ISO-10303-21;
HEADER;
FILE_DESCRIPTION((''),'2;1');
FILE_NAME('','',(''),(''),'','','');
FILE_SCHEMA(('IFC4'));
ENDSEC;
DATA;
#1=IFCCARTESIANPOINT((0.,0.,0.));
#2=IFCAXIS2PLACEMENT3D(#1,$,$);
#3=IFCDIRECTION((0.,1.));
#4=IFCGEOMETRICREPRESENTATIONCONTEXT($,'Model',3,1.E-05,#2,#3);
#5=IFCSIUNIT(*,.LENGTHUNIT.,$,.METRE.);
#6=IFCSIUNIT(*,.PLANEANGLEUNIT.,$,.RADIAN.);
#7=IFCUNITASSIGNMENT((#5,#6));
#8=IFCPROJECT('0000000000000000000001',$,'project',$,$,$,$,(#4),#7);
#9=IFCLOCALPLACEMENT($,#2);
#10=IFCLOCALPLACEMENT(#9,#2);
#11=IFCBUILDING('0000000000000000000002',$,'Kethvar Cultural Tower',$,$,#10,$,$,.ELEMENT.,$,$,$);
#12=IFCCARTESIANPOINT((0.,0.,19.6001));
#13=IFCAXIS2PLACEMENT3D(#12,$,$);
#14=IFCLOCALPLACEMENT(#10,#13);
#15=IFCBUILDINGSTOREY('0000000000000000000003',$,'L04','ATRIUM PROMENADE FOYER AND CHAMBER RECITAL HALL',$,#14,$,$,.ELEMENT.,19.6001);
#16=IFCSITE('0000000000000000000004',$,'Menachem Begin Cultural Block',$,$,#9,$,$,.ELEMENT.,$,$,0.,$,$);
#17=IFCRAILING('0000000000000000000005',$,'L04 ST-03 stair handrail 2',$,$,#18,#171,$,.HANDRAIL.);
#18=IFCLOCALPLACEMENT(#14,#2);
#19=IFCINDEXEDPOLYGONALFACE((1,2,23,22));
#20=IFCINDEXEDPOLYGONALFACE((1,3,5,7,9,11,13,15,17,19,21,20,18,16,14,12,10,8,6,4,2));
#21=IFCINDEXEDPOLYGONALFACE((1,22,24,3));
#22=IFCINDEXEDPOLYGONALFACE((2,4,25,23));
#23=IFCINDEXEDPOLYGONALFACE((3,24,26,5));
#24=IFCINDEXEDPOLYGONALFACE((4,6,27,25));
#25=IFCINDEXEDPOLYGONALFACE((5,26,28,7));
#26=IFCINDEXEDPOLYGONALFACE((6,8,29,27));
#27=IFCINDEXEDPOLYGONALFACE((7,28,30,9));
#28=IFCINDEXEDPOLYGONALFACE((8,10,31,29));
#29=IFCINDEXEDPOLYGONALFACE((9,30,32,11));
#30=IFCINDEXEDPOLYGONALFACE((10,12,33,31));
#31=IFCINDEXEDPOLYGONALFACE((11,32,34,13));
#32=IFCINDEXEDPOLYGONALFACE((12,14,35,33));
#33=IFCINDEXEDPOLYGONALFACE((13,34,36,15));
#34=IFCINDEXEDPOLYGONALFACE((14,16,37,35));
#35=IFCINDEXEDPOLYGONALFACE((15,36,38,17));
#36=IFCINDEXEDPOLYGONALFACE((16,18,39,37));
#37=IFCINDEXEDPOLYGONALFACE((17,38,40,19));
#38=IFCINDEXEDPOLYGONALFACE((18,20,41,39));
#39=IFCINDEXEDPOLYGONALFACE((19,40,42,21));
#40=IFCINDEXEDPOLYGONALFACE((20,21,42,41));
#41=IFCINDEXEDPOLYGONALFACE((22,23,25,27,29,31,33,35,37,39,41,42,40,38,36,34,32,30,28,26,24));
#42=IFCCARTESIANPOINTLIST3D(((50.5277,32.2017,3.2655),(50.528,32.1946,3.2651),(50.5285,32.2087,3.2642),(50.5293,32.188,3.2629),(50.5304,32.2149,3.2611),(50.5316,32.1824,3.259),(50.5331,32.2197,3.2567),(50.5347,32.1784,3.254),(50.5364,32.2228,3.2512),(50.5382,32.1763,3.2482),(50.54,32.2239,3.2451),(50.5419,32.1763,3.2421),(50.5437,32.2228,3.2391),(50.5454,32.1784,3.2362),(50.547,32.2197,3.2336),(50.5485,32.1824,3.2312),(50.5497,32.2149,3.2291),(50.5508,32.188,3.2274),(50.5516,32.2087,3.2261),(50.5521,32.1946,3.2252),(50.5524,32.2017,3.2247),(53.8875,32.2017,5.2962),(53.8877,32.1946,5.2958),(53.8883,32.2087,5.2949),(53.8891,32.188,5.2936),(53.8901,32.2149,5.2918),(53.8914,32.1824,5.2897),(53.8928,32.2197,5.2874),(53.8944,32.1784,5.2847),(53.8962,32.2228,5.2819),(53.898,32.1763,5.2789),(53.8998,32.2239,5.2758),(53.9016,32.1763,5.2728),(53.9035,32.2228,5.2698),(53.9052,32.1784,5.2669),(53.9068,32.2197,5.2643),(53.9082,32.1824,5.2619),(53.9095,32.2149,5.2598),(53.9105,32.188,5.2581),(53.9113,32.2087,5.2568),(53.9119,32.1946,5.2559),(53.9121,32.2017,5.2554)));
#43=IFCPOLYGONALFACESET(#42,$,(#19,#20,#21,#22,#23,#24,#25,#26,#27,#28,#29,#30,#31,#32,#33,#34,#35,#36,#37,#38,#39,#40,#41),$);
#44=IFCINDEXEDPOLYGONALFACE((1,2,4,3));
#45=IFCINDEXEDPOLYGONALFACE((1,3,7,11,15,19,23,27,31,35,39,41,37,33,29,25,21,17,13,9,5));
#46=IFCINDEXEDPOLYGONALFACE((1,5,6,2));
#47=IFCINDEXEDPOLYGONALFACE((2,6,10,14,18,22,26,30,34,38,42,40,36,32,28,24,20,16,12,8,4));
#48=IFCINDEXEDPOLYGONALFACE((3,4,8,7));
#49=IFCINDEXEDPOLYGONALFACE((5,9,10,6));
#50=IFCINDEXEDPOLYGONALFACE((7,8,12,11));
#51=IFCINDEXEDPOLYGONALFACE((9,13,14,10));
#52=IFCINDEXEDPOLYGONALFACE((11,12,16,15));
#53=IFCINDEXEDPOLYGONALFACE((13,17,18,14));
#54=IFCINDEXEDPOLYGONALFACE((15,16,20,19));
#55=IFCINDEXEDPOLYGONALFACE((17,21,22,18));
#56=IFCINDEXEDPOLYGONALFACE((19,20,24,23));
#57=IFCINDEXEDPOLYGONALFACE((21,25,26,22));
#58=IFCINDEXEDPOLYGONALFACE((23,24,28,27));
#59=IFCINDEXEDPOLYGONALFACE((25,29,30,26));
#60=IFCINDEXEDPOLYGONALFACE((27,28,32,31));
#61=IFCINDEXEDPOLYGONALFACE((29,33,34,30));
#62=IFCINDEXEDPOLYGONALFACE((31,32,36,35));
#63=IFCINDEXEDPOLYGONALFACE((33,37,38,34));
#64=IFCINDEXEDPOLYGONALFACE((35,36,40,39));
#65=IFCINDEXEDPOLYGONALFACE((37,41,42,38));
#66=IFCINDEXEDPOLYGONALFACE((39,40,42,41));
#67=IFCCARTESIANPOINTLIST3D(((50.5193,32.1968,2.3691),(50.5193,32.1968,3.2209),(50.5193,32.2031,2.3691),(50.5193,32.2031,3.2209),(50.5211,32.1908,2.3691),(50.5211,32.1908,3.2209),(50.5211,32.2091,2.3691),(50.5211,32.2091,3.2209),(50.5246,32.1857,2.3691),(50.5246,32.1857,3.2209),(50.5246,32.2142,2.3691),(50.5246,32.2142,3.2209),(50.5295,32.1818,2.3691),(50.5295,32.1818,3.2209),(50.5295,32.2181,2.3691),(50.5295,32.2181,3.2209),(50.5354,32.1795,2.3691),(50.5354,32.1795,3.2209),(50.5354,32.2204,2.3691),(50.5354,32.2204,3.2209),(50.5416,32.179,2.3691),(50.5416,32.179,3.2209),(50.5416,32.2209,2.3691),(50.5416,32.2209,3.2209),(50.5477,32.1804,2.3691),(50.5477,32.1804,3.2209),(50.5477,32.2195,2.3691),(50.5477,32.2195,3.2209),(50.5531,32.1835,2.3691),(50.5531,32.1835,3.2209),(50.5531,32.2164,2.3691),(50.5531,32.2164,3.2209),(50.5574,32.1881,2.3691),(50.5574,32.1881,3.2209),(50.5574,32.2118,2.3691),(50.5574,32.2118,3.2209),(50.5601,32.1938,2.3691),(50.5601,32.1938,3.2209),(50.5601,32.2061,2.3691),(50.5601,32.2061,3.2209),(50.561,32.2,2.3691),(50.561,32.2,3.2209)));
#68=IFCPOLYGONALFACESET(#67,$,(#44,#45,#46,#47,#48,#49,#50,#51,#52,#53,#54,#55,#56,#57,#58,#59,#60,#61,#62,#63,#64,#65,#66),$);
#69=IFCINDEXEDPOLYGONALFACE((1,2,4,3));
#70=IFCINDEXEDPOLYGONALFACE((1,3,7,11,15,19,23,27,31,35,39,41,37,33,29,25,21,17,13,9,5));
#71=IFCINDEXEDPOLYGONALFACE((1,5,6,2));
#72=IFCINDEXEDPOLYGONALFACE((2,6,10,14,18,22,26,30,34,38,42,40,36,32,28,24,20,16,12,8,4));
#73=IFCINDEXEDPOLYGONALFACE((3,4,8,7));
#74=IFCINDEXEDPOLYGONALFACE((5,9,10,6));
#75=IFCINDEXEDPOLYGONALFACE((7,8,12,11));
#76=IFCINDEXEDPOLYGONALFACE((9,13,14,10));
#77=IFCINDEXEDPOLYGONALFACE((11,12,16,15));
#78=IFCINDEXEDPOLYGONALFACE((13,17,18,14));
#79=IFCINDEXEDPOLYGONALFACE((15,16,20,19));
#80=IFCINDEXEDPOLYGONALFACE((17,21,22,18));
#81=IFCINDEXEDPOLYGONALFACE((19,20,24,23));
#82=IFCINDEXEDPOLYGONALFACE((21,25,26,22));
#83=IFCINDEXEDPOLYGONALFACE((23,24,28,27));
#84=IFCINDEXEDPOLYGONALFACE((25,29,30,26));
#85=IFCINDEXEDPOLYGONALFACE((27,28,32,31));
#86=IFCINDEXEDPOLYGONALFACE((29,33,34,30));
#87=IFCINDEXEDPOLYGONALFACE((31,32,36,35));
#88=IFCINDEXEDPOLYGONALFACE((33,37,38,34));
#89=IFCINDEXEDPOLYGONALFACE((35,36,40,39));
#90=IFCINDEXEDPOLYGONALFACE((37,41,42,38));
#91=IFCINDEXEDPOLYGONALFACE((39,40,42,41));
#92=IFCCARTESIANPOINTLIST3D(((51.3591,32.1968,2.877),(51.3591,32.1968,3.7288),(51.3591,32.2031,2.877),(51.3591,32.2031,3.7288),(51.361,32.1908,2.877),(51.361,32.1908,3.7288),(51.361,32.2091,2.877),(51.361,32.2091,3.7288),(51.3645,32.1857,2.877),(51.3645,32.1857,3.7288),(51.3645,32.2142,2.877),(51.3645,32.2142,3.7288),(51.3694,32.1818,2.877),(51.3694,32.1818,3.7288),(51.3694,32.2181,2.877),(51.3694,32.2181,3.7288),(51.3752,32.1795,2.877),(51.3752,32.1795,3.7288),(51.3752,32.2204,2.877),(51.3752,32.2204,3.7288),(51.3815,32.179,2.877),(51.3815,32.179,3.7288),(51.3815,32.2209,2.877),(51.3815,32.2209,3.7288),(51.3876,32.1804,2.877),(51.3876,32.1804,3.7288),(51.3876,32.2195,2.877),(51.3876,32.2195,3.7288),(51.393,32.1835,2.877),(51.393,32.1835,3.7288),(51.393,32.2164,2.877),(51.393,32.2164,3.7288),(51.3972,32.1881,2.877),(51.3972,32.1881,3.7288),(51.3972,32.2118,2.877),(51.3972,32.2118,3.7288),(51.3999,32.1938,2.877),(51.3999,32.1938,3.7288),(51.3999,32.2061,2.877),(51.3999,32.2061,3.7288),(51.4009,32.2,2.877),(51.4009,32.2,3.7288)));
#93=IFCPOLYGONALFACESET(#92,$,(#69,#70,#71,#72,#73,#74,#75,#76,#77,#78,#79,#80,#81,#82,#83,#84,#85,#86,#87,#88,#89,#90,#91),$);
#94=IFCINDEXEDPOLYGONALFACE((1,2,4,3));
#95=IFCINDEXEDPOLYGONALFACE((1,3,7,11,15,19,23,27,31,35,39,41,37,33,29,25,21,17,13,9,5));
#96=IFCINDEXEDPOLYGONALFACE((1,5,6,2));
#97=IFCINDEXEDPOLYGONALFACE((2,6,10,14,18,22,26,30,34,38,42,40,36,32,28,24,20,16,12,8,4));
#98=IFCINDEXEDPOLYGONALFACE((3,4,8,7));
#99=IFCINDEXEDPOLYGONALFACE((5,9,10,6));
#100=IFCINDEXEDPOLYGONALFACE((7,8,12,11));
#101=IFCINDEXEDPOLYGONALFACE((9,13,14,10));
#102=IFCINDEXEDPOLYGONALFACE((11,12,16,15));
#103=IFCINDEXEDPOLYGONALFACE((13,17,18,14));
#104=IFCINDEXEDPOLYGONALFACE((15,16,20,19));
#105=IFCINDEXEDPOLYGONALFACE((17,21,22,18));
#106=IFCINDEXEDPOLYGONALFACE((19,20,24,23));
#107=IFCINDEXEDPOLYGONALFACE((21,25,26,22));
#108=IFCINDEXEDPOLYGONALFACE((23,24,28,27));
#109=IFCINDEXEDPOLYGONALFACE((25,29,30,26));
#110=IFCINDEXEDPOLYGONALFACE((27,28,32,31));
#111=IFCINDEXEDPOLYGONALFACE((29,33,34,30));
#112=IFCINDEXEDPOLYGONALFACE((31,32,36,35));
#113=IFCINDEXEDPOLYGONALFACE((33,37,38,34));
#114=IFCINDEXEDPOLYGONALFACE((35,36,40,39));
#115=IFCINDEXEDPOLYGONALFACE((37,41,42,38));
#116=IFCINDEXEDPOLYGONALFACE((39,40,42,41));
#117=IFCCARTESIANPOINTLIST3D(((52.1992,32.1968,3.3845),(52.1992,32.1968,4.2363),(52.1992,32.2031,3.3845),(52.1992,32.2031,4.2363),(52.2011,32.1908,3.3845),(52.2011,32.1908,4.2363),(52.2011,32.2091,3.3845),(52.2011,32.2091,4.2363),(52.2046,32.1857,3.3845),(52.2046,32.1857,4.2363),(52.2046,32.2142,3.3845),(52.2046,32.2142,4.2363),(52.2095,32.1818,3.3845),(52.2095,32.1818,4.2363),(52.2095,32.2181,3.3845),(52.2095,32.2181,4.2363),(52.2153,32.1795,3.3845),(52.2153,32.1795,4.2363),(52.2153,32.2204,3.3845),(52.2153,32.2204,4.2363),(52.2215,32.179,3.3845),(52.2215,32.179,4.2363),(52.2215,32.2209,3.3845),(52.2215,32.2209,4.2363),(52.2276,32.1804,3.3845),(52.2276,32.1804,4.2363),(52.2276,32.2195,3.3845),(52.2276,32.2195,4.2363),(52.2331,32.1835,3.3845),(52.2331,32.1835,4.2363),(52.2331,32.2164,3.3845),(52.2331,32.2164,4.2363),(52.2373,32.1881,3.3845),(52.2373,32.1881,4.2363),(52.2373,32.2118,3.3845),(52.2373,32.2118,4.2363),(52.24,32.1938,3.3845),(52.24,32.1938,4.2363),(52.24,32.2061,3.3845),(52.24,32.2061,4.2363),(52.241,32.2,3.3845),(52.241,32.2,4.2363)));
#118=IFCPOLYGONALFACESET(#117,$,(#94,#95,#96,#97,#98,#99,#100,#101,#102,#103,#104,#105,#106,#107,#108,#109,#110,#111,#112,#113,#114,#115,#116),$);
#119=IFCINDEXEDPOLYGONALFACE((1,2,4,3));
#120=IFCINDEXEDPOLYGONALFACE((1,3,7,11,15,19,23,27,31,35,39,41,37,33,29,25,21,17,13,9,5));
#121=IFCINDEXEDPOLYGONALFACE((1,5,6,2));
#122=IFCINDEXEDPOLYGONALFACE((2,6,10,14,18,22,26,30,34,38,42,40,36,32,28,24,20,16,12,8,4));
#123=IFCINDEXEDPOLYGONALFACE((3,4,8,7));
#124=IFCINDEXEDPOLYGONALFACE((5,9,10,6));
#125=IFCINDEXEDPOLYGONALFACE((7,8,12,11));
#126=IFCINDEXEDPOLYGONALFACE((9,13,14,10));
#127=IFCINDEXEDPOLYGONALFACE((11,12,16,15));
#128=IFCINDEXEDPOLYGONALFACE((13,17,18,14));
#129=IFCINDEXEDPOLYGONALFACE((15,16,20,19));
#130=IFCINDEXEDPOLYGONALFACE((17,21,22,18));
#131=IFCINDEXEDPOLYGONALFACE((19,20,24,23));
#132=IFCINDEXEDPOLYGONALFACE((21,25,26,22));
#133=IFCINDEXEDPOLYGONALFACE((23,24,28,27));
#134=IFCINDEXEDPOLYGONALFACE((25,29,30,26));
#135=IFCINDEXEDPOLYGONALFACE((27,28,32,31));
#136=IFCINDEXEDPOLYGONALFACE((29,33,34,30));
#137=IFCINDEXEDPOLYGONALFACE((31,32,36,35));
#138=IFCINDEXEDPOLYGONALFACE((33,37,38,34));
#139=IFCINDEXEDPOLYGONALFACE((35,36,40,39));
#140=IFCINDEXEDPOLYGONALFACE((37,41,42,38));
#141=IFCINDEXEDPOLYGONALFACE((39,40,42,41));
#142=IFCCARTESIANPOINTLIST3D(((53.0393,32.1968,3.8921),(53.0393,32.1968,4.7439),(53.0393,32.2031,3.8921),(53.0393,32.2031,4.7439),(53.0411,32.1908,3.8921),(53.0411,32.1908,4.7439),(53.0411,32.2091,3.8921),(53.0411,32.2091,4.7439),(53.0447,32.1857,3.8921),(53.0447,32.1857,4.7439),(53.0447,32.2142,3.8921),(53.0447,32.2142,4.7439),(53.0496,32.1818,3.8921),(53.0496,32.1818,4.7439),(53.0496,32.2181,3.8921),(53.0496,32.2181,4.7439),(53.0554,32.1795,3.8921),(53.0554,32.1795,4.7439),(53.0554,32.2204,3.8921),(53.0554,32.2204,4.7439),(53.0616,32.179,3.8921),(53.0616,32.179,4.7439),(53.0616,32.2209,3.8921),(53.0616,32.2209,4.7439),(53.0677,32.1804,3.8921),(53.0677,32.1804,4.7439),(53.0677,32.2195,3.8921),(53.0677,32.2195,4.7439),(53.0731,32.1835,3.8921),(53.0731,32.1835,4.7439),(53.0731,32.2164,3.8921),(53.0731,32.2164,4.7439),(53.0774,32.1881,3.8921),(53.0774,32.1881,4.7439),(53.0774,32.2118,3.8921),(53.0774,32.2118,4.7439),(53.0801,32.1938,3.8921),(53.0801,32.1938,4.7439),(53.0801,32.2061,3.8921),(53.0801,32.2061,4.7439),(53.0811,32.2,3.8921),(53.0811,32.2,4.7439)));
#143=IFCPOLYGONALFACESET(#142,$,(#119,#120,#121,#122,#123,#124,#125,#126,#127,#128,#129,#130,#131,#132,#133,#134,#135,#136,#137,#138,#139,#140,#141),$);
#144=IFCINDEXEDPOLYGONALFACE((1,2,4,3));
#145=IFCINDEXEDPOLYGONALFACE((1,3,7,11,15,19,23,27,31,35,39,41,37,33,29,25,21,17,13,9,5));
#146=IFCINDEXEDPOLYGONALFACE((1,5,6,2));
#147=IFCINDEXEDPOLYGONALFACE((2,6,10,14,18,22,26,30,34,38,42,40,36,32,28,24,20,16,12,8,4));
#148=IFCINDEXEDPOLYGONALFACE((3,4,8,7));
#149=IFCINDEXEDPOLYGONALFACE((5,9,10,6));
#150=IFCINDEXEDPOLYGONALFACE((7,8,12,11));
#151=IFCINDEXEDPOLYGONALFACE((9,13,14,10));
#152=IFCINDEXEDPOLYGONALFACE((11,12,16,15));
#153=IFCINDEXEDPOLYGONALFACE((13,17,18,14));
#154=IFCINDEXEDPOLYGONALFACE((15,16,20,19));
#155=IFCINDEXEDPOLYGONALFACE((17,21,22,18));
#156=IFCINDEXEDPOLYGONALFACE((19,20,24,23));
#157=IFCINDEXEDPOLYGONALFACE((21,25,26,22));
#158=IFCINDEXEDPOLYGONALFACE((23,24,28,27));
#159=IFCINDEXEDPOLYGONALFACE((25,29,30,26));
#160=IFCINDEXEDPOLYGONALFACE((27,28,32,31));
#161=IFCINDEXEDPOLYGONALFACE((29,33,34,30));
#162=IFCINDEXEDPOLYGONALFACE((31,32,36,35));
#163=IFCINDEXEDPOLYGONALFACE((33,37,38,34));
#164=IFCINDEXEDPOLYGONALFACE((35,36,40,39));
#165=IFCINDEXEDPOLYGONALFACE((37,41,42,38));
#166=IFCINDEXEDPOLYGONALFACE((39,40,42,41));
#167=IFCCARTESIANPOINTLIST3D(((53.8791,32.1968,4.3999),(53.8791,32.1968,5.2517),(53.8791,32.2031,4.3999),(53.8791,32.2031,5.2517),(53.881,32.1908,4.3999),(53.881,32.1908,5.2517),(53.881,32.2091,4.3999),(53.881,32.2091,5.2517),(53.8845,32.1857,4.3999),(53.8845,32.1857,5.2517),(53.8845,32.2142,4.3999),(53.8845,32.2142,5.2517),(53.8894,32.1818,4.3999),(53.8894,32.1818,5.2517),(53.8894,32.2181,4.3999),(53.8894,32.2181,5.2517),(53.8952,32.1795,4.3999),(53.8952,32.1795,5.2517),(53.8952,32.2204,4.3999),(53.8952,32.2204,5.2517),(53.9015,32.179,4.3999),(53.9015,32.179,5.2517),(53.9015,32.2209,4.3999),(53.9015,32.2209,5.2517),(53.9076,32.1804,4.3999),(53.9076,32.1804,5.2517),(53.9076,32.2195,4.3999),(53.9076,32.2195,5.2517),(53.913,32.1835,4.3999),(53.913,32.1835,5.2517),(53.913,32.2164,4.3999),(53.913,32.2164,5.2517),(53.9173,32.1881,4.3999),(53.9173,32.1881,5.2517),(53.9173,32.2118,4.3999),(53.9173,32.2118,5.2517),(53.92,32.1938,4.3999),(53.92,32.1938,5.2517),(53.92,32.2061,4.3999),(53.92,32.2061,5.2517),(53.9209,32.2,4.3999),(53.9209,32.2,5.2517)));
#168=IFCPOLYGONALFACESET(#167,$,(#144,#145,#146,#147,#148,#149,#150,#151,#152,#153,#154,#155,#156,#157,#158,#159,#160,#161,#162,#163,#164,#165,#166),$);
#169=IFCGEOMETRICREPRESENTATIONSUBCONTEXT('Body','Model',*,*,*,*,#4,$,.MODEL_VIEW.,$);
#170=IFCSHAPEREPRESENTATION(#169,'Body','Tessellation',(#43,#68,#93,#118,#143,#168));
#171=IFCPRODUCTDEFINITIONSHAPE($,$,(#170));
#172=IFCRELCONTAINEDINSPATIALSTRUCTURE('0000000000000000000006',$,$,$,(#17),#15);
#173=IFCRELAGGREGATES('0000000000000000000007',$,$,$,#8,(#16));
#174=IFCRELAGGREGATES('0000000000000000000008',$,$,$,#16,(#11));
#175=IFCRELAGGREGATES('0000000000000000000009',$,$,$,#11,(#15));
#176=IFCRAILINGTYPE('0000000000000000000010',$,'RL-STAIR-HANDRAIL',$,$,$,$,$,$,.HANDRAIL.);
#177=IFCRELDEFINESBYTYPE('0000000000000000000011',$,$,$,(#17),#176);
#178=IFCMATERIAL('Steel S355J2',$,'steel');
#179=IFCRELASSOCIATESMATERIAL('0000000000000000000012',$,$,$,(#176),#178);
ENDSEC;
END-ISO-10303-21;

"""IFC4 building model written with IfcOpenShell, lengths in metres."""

from ifc_helpers import new_model, si_unit, direction, frame, origin, origin_2d, place, context, subcontext, project, spatial, circle, extrude, material, type_object, element, save


model = new_model("IFC4")

# Units and contexts
model_context = context("Model", 3, precision=1e-05, world=origin(), true_north=direction((0.0, 1.0)))
body_context = subcontext(model_context, "Body", "Model", "MODEL_VIEW")
ifc_project = project(units=[si_unit("LENGTHUNIT", "METRE"), si_unit("PLANEANGLEUNIT", "RADIAN")], contexts=[model_context])

# Site, building, storey
site_placement = place(None, origin())
site = spatial("IfcSite", under=ifc_project, at=site_placement, Name="Menachem Begin Cultural Block", CompositionType="ELEMENT", RefElevation=0.0)
building_placement = place(site_placement, origin())
building = spatial("IfcBuilding", under=site, at=building_placement, Name="Kethvar Cultural Tower", CompositionType="ELEMENT")
storey_placement = place(building_placement, frame((0.0, 0.0, 19.6001)))
storey = spatial("IfcBuildingStorey", under=building, at=storey_placement, Name="L04", Description="ATRIUM PROMENADE FOYER AND CHAMBER RECITAL HALL", CompositionType="ELEMENT", Elevation=19.6001)

# Shared definitions
ifc_material_1 = material(Name="Steel S355J2", Category="steel")

# Railing
railing_type_1 = type_object("IfcRailingType", Name="RL-STAIR-HANDRAIL", PredefinedType="HANDRAIL", material=ifc_material_1)
railing_1_placement = place(storey_placement, frame((50.54, 32.2, 2.3691)))
element("IfcRailing", 1, at=railing_1_placement, inside=storey, type_object=railing_type_1, Name="L04 ST-03 stair handrail 2", PredefinedType="HANDRAIL", context=body_context, shape_type="SweptSolid", body=[
    extrude(circle(Radius=0.0239, at=origin_2d()), frame((0.0, 0.0, 0.876), z_axis=(0.85582, 0.0, 0.517273), x_axis=(0.0, 1.0, 0.0)), (0.0, 0.0, 1.0), 3.9258),
    extrude(circle(Radius=0.021, at=origin_2d()), origin(), (0.0, 0.0, 1.0), 0.8518),
    extrude(circle(Radius=0.021, at=origin_2d()), frame((0.8398, 0.0, 0.5078)), (0.0, 0.0, 1.0), 0.8518),
    extrude(circle(Radius=0.021, at=origin_2d()), frame((1.6799, 0.0, 1.0154)), (0.0, 0.0, 1.0), 0.8518),
    extrude(circle(Radius=0.021, at=origin_2d()), frame((2.52, 0.0, 1.5229)), (0.0, 0.0, 1.0), 0.8518),
    extrude(circle(Radius=0.021, at=origin_2d()), frame((3.3599, 0.0, 2.0308)), (0.0, 0.0, 1.0), 0.8518),
])

save(model, "model.ifc")
